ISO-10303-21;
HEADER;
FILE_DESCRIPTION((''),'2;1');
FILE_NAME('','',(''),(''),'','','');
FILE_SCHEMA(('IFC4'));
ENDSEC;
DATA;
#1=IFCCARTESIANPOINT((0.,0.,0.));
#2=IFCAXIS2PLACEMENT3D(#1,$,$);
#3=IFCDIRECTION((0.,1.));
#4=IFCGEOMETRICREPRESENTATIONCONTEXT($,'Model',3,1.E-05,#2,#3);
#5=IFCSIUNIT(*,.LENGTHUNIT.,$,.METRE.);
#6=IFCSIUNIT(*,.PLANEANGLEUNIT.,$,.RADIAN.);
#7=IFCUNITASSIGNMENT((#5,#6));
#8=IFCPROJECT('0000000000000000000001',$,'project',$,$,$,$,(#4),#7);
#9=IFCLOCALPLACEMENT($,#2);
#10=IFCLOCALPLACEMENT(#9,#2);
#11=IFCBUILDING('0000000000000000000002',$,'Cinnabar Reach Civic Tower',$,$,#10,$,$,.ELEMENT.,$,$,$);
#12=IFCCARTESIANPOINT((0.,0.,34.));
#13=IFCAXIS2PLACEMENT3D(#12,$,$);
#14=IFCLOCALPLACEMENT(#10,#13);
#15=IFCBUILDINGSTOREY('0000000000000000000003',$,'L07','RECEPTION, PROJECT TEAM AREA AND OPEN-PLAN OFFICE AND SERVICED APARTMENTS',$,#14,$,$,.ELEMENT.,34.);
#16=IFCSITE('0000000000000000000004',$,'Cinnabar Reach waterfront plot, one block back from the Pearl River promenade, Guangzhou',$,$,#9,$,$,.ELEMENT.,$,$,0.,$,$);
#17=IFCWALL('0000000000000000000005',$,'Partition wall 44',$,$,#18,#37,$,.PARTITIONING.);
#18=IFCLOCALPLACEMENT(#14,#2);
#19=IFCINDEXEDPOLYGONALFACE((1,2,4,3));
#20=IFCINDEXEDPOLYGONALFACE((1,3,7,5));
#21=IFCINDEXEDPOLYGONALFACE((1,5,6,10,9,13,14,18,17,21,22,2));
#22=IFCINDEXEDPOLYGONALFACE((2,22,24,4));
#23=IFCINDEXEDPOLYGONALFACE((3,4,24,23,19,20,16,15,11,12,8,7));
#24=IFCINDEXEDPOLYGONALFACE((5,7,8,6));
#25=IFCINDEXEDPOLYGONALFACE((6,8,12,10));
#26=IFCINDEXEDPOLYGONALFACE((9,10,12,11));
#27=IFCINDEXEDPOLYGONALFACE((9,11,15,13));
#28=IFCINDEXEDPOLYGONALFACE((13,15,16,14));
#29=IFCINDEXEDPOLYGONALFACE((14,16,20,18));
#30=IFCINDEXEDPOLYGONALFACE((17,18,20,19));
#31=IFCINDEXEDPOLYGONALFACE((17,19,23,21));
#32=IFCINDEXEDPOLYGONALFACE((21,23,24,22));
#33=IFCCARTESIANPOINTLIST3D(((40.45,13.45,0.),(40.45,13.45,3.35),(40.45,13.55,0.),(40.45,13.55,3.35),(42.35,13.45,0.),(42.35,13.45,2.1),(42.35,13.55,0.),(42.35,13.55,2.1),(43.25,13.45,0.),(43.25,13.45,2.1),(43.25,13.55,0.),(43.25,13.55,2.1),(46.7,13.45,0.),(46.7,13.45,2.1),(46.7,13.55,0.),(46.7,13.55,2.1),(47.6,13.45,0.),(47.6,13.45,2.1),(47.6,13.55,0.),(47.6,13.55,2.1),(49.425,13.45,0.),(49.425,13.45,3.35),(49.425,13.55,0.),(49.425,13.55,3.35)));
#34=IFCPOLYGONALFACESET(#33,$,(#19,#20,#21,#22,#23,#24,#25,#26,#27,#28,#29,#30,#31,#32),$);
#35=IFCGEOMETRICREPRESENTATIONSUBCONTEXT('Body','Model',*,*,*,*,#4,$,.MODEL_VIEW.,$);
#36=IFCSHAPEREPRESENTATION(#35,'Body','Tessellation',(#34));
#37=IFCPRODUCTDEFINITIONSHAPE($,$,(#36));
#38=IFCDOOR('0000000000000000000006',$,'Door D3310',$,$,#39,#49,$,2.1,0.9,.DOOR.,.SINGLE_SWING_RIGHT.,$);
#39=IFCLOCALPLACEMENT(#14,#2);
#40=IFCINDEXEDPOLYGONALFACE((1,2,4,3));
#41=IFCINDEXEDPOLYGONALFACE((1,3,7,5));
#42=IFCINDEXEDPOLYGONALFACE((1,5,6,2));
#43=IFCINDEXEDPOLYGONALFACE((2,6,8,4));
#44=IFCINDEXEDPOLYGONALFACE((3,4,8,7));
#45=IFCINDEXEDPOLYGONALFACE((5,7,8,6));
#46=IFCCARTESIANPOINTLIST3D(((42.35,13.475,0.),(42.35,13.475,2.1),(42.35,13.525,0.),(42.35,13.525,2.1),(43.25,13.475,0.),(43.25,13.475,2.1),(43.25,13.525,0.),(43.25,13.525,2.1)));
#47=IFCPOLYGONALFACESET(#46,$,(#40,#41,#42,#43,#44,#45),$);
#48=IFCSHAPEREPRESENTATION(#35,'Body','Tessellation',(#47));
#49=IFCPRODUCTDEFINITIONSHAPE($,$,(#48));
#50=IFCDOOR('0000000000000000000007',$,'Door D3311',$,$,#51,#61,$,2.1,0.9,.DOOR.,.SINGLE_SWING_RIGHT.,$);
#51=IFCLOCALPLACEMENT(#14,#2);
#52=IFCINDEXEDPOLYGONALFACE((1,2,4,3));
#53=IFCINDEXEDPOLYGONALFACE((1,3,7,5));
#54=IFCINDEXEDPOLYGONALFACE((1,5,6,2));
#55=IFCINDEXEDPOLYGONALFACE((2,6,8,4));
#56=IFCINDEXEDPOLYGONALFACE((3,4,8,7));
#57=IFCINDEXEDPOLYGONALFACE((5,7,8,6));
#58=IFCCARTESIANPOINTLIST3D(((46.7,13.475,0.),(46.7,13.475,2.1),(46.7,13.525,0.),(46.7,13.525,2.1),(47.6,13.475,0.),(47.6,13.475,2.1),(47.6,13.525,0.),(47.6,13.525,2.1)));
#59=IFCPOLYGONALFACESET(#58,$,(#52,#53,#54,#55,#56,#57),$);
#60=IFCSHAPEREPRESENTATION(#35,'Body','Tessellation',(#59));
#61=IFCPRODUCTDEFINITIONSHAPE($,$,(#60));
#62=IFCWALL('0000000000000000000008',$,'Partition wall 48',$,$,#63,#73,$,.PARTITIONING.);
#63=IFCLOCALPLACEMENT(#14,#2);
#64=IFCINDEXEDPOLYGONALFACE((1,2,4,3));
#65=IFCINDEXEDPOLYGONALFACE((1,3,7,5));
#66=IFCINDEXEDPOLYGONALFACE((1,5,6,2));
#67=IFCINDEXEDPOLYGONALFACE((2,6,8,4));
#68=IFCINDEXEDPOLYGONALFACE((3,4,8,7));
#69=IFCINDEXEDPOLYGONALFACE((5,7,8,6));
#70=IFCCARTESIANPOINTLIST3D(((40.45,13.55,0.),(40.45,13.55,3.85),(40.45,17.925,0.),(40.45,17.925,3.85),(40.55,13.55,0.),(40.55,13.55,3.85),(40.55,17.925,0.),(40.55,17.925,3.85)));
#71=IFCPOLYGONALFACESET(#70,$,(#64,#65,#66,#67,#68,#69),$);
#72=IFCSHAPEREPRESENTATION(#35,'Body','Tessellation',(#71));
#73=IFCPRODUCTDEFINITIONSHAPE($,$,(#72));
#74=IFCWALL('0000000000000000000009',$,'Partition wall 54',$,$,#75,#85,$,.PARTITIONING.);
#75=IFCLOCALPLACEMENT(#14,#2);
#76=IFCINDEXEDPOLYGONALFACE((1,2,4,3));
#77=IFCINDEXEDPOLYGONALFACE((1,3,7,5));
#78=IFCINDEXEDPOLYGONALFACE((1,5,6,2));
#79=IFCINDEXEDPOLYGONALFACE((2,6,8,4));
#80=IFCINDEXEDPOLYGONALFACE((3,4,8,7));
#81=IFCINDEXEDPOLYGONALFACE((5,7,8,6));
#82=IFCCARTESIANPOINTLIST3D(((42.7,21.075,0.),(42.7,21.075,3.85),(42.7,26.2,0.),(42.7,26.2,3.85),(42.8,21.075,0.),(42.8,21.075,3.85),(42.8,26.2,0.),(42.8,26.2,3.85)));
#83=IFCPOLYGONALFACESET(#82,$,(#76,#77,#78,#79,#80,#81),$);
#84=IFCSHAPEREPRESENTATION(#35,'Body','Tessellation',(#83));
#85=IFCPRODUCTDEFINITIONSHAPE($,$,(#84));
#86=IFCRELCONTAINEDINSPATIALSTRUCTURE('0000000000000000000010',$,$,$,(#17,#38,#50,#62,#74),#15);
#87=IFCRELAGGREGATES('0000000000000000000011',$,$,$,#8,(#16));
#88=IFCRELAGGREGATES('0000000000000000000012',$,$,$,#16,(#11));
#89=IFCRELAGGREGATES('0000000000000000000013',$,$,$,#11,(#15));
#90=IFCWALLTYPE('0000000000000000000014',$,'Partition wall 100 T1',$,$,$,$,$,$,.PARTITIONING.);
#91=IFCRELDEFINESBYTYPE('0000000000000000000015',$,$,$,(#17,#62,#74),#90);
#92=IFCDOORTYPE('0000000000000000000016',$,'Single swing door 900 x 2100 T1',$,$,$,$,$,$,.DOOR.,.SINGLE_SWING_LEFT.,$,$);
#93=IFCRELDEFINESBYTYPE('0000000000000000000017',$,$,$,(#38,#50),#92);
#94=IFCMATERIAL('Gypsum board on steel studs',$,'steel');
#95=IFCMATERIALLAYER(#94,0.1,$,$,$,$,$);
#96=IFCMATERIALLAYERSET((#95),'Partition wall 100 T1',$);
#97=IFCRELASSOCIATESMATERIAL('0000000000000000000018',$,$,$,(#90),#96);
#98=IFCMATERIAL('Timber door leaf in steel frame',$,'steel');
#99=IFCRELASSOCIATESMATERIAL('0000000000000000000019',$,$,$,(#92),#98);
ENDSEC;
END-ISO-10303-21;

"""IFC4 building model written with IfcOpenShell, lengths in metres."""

from ifc_helpers import new_model, si_unit, direction, frame, frame_2d, origin, place, context, subcontext, project, spatial, rectangle, extrude, material, layer, layer_set, type_object, element, fill, save


model = new_model("IFC4")

# Units and contexts
model_context = context("Model", 3, precision=1e-05, world=origin(), true_north=direction((0.0, 1.0)))
body_context = subcontext(model_context, "Body", "Model", "MODEL_VIEW")
ifc_project = project(units=[si_unit("LENGTHUNIT", "METRE"), si_unit("PLANEANGLEUNIT", "RADIAN")], contexts=[model_context])

# Site, building, storey
site_placement = place(None, origin())
site = spatial("IfcSite", under=ifc_project, at=site_placement, Name="Cinnabar Reach waterfront plot, one block back from the Pearl River promenade, Guangzhou", CompositionType="ELEMENT", RefElevation=0.0)
building_placement = place(site_placement, origin())
building = spatial("IfcBuilding", under=site, at=building_placement, Name="Cinnabar Reach Civic Tower", CompositionType="ELEMENT")
storey_placement = place(building_placement, frame((0.0, 0.0, 34.0)))
storey = spatial("IfcBuildingStorey", under=building, at=storey_placement, Name="L07", Description="RECEPTION, PROJECT TEAM AREA AND OPEN-PLAN OFFICE AND SERVICED APARTMENTS", CompositionType="ELEMENT", Elevation=34.0)

# Shared definitions
ifc_material_1 = material(Name="Timber door leaf in steel frame", Category="steel")

# Wall, openings, doors
ifc_material_2 = material(Name="Gypsum board on steel studs", Category="steel")
ifc_layer_1 = layer(ifc_material_2, 0.1)
ifc_layer_set_1 = layer_set([ifc_layer_1], Name="Partition wall 100 T1")
wall_type_1 = type_object("IfcWallType", Name="Partition wall 100 T1", PredefinedType="PARTITIONING", material=ifc_layer_set_1)
wall_1_placement = place(storey_placement, frame((40.45, 13.5, 0.0), z_axis=(0.0, 0.0, 1.0), x_axis=(1.0, 0.0, 0.0)))
wall_1 = element("IfcWall", 1, at=wall_1_placement, inside=storey, type_object=wall_type_1, Name="Partition wall 44", PredefinedType="PARTITIONING", context=body_context, shape_type="SweptSolid", body=[
    extrude(rectangle(XDim=8.975, YDim=0.1, at=frame_2d((4.4875, 0.0))), origin(), (0.0, 0.0, 1.0), 3.35),
])
opening_1_placement = place(wall_1_placement, frame((1.9, 0.0, 0.0)))
opening_1 = element("IfcOpeningElement", 2, at=opening_1_placement, cuts=wall_1, PredefinedType="OPENING", context=body_context, shape_type="SweptSolid", body=[
    extrude(rectangle(XDim=0.9, YDim=2.1, at=frame_2d((0.45, 1.05))), frame((0.0, 0.06, 0.0), z_axis=(0.0, -1.0, 0.0), x_axis=(1.0, 0.0, 0.0)), (0.0, 0.0, 1.0), 0.12),
])
opening_2_placement = place(wall_1_placement, frame((6.25, 0.0, 0.0)))
opening_2 = element("IfcOpeningElement", 3, at=opening_2_placement, cuts=wall_1, PredefinedType="OPENING", context=body_context, shape_type="SweptSolid", body=[
    extrude(rectangle(XDim=0.9, YDim=2.1, at=frame_2d((0.45, 1.05))), frame((0.0, 0.06, 0.0), z_axis=(0.0, -1.0, 0.0), x_axis=(1.0, 0.0, 0.0)), (0.0, 0.0, 1.0), 0.12),
])
door_type_1 = type_object("IfcDoorType", Name="Single swing door 900 x 2100 T1", OperationType="SINGLE_SWING_LEFT", PredefinedType="DOOR", material=ifc_material_1)
door_1_placement = place(opening_1_placement, origin())
door_1 = element("IfcDoor", 4, at=door_1_placement, inside=storey, type_object=door_type_1, Name="Door D3310", OperationType="SINGLE_SWING_RIGHT", OverallHeight=2.1, OverallWidth=0.9, PredefinedType="DOOR", context=body_context, shape_type="SweptSolid", body=[
    extrude(rectangle(XDim=0.9, YDim=2.1, at=frame_2d((0.45, 1.05))), frame((0.0, 0.025, 0.0), z_axis=(0.0, -1.0, 0.0), x_axis=(1.0, 0.0, 0.0)), (0.0, 0.0, 1.0), 0.05),
])
fill(opening_1, door_1)
door_2_placement = place(opening_2_placement, origin())
door_2 = element("IfcDoor", 5, at=door_2_placement, inside=storey, type_object=door_type_1, Name="Door D3311", OperationType="SINGLE_SWING_RIGHT", OverallHeight=2.1, OverallWidth=0.9, PredefinedType="DOOR", context=body_context, shape_type="SweptSolid", body=[
    extrude(rectangle(XDim=0.9, YDim=2.1, at=frame_2d((0.45, 1.05))), frame((0.0, 0.025, 0.0), z_axis=(0.0, -1.0, 0.0), x_axis=(1.0, 0.0, 0.0)), (0.0, 0.0, 1.0), 0.05),
])
fill(opening_2, door_2)

# Walls
wall_2_placement = place(storey_placement, frame((40.5, 13.55, 0.0), z_axis=(0.0, 0.0, 1.0), x_axis=(0.0, 1.0, 0.0)))
element("IfcWall", 6, at=wall_2_placement, inside=storey, type_object=wall_type_1, Name="Partition wall 48", PredefinedType="PARTITIONING", context=body_context, shape_type="SweptSolid", body=[
    extrude(rectangle(XDim=4.375, YDim=0.1, at=frame_2d((2.1875, 0.0))), origin(), (0.0, 0.0, 1.0), 3.85),
])
wall_3_placement = place(storey_placement, frame((42.75, 21.075, 0.0), z_axis=(0.0, 0.0, 1.0), x_axis=(0.0, 1.0, 0.0)))
element("IfcWall", 7, at=wall_3_placement, inside=storey, type_object=wall_type_1, Name="Partition wall 54", PredefinedType="PARTITIONING", context=body_context, shape_type="SweptSolid", body=[
    extrude(rectangle(XDim=5.125, YDim=0.1, at=frame_2d((2.5625, 0.0))), origin(), (0.0, 0.0, 1.0), 3.85),
])

save(model, "model.ifc")
